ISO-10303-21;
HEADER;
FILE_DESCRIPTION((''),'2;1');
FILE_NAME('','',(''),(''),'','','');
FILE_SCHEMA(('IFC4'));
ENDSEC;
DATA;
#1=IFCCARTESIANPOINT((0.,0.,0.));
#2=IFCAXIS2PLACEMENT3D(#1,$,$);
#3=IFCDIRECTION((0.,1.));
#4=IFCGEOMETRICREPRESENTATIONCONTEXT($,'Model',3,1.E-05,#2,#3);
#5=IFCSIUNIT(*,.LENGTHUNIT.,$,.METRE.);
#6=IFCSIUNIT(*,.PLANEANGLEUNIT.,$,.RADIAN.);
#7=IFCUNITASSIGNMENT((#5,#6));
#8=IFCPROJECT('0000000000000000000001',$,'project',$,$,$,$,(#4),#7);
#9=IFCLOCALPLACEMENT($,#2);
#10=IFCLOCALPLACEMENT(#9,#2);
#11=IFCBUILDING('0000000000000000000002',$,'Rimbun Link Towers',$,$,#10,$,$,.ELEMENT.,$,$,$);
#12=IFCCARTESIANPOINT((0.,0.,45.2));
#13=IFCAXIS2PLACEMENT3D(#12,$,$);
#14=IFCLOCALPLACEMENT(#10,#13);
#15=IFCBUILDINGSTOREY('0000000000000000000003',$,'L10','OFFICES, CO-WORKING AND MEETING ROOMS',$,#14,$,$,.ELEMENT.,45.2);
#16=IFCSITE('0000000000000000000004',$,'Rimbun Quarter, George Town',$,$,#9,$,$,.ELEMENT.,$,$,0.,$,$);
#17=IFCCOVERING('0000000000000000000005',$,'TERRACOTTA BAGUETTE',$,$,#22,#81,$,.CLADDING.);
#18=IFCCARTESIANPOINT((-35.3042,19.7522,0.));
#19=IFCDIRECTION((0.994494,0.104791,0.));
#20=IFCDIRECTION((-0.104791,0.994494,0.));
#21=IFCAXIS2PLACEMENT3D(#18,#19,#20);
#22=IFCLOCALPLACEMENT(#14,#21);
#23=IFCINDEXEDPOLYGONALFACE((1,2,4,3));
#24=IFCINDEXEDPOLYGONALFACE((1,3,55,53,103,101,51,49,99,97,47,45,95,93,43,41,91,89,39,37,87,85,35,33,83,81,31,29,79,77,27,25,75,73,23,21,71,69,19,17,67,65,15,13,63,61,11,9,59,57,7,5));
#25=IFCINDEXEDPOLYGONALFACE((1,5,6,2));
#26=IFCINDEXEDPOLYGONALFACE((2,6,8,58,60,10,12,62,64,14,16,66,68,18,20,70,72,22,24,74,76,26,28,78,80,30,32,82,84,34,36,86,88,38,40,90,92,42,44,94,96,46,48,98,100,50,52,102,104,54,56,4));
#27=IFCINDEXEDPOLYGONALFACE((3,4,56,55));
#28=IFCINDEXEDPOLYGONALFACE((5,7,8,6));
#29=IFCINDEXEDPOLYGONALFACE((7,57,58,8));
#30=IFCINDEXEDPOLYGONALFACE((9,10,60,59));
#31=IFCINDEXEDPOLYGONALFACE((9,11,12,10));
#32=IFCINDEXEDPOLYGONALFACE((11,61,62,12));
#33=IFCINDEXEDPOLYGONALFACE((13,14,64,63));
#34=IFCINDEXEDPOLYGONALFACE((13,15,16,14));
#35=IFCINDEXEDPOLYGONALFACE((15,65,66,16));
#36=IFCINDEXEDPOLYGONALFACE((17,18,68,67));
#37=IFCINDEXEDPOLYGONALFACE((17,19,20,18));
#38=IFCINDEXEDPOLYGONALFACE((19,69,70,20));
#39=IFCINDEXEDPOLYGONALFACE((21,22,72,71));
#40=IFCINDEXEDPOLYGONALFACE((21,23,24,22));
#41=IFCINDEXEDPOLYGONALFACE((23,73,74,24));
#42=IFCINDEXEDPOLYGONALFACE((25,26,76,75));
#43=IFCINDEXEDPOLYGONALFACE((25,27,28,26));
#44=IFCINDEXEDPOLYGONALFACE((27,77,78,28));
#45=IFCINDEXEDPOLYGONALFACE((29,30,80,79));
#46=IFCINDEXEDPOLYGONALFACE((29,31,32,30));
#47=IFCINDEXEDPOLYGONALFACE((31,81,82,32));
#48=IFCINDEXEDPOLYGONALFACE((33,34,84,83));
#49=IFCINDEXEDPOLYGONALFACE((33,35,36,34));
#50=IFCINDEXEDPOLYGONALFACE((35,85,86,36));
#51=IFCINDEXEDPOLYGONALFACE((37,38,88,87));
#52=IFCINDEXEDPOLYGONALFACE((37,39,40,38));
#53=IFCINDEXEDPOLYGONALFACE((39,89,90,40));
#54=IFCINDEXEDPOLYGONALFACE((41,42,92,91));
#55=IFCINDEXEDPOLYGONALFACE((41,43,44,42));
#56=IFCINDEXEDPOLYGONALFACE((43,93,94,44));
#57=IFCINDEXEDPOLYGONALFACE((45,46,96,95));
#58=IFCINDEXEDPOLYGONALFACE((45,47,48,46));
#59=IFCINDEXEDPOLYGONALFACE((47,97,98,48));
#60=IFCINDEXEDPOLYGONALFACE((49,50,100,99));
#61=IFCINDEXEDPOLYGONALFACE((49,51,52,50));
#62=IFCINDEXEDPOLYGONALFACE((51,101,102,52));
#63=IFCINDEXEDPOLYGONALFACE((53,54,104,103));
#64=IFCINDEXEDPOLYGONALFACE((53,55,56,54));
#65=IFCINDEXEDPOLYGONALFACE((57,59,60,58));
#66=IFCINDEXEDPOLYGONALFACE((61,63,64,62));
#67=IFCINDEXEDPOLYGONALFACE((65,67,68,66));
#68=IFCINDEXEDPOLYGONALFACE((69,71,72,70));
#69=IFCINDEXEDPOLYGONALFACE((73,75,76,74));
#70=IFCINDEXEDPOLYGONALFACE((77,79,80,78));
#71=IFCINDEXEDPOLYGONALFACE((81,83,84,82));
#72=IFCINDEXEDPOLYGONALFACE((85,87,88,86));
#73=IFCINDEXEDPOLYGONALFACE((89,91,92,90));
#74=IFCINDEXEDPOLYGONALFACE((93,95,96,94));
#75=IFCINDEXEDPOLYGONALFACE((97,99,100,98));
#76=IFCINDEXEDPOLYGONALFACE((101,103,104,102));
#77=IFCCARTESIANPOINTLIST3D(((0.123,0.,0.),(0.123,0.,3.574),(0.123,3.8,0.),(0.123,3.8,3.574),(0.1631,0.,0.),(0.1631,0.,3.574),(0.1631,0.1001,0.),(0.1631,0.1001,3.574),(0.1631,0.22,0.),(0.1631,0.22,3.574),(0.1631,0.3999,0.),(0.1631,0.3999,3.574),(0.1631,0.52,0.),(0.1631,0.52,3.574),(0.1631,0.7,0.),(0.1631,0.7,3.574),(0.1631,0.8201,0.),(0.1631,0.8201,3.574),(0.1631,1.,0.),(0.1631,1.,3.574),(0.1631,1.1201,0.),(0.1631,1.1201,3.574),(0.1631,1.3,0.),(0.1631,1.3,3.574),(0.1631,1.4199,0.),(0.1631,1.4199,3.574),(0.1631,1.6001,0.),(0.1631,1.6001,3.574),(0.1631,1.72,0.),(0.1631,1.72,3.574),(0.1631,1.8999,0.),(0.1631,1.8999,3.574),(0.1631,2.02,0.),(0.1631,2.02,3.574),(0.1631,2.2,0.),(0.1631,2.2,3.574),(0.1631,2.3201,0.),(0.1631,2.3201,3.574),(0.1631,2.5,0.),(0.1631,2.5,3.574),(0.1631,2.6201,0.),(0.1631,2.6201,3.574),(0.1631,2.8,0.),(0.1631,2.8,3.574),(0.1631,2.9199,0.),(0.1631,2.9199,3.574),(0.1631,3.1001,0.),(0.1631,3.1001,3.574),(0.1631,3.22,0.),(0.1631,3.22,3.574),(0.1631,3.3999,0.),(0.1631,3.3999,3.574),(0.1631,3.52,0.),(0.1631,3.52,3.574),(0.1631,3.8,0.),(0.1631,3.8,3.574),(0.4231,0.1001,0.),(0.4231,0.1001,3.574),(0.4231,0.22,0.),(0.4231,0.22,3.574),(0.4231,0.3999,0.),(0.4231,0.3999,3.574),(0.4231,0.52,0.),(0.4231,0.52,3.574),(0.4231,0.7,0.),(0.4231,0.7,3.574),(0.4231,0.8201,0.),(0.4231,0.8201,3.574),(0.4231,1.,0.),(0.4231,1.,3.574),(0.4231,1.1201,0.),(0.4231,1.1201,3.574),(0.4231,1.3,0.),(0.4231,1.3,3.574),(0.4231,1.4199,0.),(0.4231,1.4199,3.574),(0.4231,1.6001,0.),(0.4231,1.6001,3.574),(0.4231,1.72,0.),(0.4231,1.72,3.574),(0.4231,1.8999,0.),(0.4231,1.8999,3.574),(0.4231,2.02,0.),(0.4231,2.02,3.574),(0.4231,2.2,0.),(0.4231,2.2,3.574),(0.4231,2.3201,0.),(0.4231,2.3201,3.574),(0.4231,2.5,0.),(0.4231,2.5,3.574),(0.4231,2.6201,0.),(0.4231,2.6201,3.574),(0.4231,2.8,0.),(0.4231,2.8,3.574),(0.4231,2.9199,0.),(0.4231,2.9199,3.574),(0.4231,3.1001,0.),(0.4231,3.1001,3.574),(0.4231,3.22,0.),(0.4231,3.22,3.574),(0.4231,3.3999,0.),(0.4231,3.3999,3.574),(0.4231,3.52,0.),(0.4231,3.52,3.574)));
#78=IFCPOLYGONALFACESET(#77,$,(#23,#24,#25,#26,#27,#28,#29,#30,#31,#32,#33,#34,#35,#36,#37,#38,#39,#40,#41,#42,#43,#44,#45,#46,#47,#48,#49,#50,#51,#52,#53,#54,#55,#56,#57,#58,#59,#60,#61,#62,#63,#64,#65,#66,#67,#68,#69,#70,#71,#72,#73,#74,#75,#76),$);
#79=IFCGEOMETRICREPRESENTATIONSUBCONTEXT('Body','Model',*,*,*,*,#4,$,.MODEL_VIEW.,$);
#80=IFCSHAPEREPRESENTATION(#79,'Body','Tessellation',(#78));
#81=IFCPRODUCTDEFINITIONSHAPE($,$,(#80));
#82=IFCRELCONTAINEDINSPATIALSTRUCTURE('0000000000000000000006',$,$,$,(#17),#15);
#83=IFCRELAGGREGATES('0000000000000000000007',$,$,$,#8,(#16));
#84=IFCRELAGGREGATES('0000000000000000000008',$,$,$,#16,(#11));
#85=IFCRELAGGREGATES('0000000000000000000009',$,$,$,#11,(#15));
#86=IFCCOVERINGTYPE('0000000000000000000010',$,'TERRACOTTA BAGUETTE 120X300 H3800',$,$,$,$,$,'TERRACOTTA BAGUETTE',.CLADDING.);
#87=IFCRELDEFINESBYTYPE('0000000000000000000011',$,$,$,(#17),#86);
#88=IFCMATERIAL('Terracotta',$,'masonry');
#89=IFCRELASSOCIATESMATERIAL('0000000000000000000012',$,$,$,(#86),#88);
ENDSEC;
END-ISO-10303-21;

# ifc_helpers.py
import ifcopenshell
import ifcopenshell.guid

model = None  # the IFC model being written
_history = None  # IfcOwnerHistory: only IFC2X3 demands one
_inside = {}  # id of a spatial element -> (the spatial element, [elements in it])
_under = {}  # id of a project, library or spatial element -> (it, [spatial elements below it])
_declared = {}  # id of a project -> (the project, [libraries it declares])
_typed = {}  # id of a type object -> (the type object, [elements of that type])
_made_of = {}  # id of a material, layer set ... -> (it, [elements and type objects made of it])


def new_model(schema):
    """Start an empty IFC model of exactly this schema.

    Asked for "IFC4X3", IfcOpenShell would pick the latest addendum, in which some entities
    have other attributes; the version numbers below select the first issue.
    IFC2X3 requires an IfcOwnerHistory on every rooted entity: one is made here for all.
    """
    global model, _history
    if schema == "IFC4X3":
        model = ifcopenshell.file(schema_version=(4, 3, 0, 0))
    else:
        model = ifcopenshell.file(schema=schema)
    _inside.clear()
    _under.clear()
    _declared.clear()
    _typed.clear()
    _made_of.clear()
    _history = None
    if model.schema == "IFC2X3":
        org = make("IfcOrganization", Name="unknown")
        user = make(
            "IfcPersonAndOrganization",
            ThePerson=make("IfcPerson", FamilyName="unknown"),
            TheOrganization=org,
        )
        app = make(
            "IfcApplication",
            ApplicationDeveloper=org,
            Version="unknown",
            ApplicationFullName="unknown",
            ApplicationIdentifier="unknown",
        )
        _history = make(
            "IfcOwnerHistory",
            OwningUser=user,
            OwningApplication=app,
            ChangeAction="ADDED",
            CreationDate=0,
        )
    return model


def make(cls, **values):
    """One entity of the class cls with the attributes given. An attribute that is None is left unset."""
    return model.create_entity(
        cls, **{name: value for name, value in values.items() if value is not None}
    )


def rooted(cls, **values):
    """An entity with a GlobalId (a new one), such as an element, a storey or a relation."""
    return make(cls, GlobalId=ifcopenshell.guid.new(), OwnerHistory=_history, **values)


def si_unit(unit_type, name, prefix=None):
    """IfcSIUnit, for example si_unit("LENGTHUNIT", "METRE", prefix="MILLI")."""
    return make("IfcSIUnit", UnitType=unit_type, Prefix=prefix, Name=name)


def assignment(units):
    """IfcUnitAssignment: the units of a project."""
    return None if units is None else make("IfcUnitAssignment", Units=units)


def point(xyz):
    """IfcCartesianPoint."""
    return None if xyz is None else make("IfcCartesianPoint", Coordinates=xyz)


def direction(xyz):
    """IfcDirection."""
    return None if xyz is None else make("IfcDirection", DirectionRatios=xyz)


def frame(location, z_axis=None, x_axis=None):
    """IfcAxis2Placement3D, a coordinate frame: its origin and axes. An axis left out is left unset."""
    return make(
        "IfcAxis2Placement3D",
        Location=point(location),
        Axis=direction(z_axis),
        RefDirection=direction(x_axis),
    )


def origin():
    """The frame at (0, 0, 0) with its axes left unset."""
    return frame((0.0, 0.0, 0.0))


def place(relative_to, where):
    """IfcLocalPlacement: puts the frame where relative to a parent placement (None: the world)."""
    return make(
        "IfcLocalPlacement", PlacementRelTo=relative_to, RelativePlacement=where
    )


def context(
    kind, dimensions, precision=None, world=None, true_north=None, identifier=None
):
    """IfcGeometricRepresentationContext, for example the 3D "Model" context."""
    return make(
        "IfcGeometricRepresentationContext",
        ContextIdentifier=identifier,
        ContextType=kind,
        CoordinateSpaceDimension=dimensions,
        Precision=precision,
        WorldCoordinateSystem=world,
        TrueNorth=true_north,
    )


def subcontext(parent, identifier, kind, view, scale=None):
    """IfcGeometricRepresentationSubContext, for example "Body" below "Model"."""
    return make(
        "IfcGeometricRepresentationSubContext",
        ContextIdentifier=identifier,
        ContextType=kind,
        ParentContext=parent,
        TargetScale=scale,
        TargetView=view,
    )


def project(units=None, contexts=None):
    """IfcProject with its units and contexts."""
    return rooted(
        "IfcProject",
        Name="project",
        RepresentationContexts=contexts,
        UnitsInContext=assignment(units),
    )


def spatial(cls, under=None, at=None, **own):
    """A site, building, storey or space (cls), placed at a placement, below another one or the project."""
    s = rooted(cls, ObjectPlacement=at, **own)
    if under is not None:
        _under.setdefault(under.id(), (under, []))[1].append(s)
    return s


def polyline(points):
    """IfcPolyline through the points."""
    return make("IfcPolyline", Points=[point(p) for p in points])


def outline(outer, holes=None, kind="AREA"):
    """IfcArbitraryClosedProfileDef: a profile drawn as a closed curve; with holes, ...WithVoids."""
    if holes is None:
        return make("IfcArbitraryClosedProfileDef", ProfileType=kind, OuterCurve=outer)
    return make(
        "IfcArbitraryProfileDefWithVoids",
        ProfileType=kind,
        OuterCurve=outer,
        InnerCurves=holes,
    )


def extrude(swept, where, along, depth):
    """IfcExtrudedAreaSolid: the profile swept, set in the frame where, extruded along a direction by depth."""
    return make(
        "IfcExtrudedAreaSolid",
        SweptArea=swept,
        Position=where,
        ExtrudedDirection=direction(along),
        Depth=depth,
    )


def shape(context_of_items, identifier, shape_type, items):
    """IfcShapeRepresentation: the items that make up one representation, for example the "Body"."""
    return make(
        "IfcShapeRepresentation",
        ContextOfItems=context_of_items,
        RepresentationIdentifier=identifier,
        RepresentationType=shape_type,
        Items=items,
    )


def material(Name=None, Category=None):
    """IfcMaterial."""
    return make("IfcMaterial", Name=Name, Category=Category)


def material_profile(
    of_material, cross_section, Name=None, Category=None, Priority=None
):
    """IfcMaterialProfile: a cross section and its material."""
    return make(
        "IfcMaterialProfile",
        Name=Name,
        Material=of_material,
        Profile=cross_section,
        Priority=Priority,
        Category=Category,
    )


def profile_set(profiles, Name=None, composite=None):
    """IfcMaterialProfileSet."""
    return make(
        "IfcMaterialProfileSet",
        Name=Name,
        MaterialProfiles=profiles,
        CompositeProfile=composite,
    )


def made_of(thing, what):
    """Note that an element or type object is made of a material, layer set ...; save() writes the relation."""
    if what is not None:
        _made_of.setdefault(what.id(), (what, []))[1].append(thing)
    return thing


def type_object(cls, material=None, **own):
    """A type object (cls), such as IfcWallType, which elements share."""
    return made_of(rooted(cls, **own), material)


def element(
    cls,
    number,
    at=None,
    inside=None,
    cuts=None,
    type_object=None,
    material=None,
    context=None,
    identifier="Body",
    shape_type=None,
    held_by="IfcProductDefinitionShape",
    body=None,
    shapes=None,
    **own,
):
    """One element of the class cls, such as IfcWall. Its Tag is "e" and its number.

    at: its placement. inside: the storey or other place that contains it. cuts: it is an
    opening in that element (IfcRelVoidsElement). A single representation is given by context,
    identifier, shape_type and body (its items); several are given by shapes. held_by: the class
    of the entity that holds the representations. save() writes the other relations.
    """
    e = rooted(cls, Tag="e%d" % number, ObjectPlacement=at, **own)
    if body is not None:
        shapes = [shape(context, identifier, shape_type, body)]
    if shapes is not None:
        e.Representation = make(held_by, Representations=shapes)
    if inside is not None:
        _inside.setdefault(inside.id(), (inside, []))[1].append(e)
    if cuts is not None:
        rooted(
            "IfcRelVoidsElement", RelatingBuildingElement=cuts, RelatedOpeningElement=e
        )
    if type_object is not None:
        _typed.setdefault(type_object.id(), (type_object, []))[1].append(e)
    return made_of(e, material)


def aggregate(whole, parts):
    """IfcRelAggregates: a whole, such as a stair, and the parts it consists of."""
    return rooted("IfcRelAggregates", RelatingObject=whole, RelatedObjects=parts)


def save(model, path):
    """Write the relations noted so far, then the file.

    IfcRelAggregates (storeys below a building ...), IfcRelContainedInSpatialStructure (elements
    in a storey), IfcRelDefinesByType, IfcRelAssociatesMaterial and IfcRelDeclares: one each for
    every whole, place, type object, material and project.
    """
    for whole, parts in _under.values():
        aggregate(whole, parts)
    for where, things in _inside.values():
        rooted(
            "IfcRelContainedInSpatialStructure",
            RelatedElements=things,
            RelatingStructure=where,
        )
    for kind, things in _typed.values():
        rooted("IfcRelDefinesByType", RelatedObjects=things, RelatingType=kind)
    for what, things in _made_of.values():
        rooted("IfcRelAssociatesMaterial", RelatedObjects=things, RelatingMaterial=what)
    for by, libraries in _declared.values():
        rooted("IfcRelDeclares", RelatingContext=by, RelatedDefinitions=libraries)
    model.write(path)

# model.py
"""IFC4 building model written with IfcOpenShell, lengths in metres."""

from ifc_helpers import new_model, si_unit, direction, frame, origin, place, context, subcontext, project, spatial, polyline, outline, extrude, material, material_profile, profile_set, type_object, element, save


model = new_model("IFC4")

# Units and contexts
model_context = context("Model", 3, precision=1e-05, world=origin(), true_north=direction((0.0, 1.0)))
body_context = subcontext(model_context, "Body", "Model", "MODEL_VIEW")
ifc_project = project(units=[si_unit("LENGTHUNIT", "METRE"), si_unit("PLANEANGLEUNIT", "RADIAN")], contexts=[model_context])

# Site, building, storey
site_placement = place(None, origin())
site = spatial("IfcSite", under=ifc_project, at=site_placement, Name="Rimbun Quarter, George Town", CompositionType="ELEMENT", RefElevation=0.0)
building_placement = place(site_placement, origin())
building = spatial("IfcBuilding", under=site, at=building_placement, Name="Rimbun Link Towers", CompositionType="ELEMENT")
storey_placement = place(building_placement, frame((0.0, 0.0, 45.2)))
storey = spatial("IfcBuildingStorey", under=building, at=storey_placement, Name="L10", Description="OFFICES, CO-WORKING AND MEETING ROOMS", CompositionType="ELEMENT", Elevation=45.2)

# Covering
ifc_material_1 = material(Name="Terracotta", Category="masonry")
ifc_material_profile_1 = material_profile(ifc_material_1, outline(polyline([(0.123, 0.0), (0.1631, 0.0), (0.1631, 0.1001), (0.4231, 0.1001), (0.4231, 0.22), (0.1631, 0.22), (0.1631, 0.3999), (0.4231, 0.3999), (0.4231, 0.52), (0.1631, 0.52), (0.1631, 0.7), (0.4231, 0.7), (0.4231, 0.8201), (0.1631, 0.8201), (0.1631, 1.0), (0.4231, 1.0), (0.4231, 1.1201), (0.1631, 1.1201), (0.1631, 1.3), (0.4231, 1.3), (0.4231, 1.4199), (0.1631, 1.4199), (0.1631, 1.6001), (0.4231, 1.6001), (0.4231, 1.72), (0.1631, 1.72), (0.1631, 1.8999), (0.4231, 1.8999), (0.4231, 2.02), (0.1631, 2.02), (0.1631, 2.2), (0.4231, 2.2), (0.4231, 2.3201), (0.1631, 2.3201), (0.1631, 2.5), (0.4231, 2.5), (0.4231, 2.6201), (0.1631, 2.6201), (0.1631, 2.8), (0.4231, 2.8), (0.4231, 2.9199), (0.1631, 2.9199), (0.1631, 3.1001), (0.4231, 3.1001), (0.4231, 3.22), (0.1631, 3.22), (0.1631, 3.3999), (0.4231, 3.3999), (0.4231, 3.52), (0.1631, 3.52), (0.1631, 3.8), (0.123, 3.8), (0.123, 0.0)])), Name="BAGUETTE 120X300")
ifc_profile_set_1 = profile_set([ifc_material_profile_1], Name="Terracotta")
covering_type = type_object("IfcCoveringType", Name="TERRACOTTA BAGUETTE 120X300 H3800", ElementType="TERRACOTTA BAGUETTE", PredefinedType="CLADDING", material=ifc_profile_set_1)
for number, where, z_axis, x_axis, name in (
    (1, (-35.3042, 19.7522, 0.0), (0.994494, 0.104791, 0.0), (-0.104791, 0.994494, 0.0), "TERRACOTTA BAGUETTE"),
):
    element("IfcCovering", number, at=place(storey_placement, frame(where, z_axis=z_axis, x_axis=x_axis)), inside=storey, type_object=covering_type, Name=name, PredefinedType="CLADDING", context=body_context, shape_type="SweptSolid", body=[
        extrude(outline(polyline([(0.123, 0.0), (0.1631, 0.0), (0.1631, 0.1001), (0.4231, 0.1001), (0.4231, 0.22), (0.1631, 0.22), (0.1631, 0.3999), (0.4231, 0.3999), (0.4231, 0.52), (0.1631, 0.52), (0.1631, 0.7), (0.4231, 0.7), (0.4231, 0.8201), (0.1631, 0.8201), (0.1631, 1.0), (0.4231, 1.0), (0.4231, 1.1201), (0.1631, 1.1201), (0.1631, 1.3), (0.4231, 1.3), (0.4231, 1.4199), (0.1631, 1.4199), (0.1631, 1.6001), (0.4231, 1.6001), (0.4231, 1.72), (0.1631, 1.72), (0.1631, 1.8999), (0.4231, 1.8999), (0.4231, 2.02), (0.1631, 2.02), (0.1631, 2.2), (0.4231, 2.2), (0.4231, 2.3201), (0.1631, 2.3201), (0.1631, 2.5), (0.4231, 2.5), (0.4231, 2.6201), (0.1631, 2.6201), (0.1631, 2.8), (0.4231, 2.8), (0.4231, 2.9199), (0.1631, 2.9199), (0.1631, 3.1001), (0.4231, 3.1001), (0.4231, 3.22), (0.1631, 3.22), (0.1631, 3.3999), (0.4231, 3.3999), (0.4231, 3.52), (0.1631, 3.52), (0.1631, 3.8), (0.123, 3.8), (0.123, 0.0)])), origin(), (0.0, 0.0, 1.0), 3.574),
    ])

save(model, "model.ifc")
